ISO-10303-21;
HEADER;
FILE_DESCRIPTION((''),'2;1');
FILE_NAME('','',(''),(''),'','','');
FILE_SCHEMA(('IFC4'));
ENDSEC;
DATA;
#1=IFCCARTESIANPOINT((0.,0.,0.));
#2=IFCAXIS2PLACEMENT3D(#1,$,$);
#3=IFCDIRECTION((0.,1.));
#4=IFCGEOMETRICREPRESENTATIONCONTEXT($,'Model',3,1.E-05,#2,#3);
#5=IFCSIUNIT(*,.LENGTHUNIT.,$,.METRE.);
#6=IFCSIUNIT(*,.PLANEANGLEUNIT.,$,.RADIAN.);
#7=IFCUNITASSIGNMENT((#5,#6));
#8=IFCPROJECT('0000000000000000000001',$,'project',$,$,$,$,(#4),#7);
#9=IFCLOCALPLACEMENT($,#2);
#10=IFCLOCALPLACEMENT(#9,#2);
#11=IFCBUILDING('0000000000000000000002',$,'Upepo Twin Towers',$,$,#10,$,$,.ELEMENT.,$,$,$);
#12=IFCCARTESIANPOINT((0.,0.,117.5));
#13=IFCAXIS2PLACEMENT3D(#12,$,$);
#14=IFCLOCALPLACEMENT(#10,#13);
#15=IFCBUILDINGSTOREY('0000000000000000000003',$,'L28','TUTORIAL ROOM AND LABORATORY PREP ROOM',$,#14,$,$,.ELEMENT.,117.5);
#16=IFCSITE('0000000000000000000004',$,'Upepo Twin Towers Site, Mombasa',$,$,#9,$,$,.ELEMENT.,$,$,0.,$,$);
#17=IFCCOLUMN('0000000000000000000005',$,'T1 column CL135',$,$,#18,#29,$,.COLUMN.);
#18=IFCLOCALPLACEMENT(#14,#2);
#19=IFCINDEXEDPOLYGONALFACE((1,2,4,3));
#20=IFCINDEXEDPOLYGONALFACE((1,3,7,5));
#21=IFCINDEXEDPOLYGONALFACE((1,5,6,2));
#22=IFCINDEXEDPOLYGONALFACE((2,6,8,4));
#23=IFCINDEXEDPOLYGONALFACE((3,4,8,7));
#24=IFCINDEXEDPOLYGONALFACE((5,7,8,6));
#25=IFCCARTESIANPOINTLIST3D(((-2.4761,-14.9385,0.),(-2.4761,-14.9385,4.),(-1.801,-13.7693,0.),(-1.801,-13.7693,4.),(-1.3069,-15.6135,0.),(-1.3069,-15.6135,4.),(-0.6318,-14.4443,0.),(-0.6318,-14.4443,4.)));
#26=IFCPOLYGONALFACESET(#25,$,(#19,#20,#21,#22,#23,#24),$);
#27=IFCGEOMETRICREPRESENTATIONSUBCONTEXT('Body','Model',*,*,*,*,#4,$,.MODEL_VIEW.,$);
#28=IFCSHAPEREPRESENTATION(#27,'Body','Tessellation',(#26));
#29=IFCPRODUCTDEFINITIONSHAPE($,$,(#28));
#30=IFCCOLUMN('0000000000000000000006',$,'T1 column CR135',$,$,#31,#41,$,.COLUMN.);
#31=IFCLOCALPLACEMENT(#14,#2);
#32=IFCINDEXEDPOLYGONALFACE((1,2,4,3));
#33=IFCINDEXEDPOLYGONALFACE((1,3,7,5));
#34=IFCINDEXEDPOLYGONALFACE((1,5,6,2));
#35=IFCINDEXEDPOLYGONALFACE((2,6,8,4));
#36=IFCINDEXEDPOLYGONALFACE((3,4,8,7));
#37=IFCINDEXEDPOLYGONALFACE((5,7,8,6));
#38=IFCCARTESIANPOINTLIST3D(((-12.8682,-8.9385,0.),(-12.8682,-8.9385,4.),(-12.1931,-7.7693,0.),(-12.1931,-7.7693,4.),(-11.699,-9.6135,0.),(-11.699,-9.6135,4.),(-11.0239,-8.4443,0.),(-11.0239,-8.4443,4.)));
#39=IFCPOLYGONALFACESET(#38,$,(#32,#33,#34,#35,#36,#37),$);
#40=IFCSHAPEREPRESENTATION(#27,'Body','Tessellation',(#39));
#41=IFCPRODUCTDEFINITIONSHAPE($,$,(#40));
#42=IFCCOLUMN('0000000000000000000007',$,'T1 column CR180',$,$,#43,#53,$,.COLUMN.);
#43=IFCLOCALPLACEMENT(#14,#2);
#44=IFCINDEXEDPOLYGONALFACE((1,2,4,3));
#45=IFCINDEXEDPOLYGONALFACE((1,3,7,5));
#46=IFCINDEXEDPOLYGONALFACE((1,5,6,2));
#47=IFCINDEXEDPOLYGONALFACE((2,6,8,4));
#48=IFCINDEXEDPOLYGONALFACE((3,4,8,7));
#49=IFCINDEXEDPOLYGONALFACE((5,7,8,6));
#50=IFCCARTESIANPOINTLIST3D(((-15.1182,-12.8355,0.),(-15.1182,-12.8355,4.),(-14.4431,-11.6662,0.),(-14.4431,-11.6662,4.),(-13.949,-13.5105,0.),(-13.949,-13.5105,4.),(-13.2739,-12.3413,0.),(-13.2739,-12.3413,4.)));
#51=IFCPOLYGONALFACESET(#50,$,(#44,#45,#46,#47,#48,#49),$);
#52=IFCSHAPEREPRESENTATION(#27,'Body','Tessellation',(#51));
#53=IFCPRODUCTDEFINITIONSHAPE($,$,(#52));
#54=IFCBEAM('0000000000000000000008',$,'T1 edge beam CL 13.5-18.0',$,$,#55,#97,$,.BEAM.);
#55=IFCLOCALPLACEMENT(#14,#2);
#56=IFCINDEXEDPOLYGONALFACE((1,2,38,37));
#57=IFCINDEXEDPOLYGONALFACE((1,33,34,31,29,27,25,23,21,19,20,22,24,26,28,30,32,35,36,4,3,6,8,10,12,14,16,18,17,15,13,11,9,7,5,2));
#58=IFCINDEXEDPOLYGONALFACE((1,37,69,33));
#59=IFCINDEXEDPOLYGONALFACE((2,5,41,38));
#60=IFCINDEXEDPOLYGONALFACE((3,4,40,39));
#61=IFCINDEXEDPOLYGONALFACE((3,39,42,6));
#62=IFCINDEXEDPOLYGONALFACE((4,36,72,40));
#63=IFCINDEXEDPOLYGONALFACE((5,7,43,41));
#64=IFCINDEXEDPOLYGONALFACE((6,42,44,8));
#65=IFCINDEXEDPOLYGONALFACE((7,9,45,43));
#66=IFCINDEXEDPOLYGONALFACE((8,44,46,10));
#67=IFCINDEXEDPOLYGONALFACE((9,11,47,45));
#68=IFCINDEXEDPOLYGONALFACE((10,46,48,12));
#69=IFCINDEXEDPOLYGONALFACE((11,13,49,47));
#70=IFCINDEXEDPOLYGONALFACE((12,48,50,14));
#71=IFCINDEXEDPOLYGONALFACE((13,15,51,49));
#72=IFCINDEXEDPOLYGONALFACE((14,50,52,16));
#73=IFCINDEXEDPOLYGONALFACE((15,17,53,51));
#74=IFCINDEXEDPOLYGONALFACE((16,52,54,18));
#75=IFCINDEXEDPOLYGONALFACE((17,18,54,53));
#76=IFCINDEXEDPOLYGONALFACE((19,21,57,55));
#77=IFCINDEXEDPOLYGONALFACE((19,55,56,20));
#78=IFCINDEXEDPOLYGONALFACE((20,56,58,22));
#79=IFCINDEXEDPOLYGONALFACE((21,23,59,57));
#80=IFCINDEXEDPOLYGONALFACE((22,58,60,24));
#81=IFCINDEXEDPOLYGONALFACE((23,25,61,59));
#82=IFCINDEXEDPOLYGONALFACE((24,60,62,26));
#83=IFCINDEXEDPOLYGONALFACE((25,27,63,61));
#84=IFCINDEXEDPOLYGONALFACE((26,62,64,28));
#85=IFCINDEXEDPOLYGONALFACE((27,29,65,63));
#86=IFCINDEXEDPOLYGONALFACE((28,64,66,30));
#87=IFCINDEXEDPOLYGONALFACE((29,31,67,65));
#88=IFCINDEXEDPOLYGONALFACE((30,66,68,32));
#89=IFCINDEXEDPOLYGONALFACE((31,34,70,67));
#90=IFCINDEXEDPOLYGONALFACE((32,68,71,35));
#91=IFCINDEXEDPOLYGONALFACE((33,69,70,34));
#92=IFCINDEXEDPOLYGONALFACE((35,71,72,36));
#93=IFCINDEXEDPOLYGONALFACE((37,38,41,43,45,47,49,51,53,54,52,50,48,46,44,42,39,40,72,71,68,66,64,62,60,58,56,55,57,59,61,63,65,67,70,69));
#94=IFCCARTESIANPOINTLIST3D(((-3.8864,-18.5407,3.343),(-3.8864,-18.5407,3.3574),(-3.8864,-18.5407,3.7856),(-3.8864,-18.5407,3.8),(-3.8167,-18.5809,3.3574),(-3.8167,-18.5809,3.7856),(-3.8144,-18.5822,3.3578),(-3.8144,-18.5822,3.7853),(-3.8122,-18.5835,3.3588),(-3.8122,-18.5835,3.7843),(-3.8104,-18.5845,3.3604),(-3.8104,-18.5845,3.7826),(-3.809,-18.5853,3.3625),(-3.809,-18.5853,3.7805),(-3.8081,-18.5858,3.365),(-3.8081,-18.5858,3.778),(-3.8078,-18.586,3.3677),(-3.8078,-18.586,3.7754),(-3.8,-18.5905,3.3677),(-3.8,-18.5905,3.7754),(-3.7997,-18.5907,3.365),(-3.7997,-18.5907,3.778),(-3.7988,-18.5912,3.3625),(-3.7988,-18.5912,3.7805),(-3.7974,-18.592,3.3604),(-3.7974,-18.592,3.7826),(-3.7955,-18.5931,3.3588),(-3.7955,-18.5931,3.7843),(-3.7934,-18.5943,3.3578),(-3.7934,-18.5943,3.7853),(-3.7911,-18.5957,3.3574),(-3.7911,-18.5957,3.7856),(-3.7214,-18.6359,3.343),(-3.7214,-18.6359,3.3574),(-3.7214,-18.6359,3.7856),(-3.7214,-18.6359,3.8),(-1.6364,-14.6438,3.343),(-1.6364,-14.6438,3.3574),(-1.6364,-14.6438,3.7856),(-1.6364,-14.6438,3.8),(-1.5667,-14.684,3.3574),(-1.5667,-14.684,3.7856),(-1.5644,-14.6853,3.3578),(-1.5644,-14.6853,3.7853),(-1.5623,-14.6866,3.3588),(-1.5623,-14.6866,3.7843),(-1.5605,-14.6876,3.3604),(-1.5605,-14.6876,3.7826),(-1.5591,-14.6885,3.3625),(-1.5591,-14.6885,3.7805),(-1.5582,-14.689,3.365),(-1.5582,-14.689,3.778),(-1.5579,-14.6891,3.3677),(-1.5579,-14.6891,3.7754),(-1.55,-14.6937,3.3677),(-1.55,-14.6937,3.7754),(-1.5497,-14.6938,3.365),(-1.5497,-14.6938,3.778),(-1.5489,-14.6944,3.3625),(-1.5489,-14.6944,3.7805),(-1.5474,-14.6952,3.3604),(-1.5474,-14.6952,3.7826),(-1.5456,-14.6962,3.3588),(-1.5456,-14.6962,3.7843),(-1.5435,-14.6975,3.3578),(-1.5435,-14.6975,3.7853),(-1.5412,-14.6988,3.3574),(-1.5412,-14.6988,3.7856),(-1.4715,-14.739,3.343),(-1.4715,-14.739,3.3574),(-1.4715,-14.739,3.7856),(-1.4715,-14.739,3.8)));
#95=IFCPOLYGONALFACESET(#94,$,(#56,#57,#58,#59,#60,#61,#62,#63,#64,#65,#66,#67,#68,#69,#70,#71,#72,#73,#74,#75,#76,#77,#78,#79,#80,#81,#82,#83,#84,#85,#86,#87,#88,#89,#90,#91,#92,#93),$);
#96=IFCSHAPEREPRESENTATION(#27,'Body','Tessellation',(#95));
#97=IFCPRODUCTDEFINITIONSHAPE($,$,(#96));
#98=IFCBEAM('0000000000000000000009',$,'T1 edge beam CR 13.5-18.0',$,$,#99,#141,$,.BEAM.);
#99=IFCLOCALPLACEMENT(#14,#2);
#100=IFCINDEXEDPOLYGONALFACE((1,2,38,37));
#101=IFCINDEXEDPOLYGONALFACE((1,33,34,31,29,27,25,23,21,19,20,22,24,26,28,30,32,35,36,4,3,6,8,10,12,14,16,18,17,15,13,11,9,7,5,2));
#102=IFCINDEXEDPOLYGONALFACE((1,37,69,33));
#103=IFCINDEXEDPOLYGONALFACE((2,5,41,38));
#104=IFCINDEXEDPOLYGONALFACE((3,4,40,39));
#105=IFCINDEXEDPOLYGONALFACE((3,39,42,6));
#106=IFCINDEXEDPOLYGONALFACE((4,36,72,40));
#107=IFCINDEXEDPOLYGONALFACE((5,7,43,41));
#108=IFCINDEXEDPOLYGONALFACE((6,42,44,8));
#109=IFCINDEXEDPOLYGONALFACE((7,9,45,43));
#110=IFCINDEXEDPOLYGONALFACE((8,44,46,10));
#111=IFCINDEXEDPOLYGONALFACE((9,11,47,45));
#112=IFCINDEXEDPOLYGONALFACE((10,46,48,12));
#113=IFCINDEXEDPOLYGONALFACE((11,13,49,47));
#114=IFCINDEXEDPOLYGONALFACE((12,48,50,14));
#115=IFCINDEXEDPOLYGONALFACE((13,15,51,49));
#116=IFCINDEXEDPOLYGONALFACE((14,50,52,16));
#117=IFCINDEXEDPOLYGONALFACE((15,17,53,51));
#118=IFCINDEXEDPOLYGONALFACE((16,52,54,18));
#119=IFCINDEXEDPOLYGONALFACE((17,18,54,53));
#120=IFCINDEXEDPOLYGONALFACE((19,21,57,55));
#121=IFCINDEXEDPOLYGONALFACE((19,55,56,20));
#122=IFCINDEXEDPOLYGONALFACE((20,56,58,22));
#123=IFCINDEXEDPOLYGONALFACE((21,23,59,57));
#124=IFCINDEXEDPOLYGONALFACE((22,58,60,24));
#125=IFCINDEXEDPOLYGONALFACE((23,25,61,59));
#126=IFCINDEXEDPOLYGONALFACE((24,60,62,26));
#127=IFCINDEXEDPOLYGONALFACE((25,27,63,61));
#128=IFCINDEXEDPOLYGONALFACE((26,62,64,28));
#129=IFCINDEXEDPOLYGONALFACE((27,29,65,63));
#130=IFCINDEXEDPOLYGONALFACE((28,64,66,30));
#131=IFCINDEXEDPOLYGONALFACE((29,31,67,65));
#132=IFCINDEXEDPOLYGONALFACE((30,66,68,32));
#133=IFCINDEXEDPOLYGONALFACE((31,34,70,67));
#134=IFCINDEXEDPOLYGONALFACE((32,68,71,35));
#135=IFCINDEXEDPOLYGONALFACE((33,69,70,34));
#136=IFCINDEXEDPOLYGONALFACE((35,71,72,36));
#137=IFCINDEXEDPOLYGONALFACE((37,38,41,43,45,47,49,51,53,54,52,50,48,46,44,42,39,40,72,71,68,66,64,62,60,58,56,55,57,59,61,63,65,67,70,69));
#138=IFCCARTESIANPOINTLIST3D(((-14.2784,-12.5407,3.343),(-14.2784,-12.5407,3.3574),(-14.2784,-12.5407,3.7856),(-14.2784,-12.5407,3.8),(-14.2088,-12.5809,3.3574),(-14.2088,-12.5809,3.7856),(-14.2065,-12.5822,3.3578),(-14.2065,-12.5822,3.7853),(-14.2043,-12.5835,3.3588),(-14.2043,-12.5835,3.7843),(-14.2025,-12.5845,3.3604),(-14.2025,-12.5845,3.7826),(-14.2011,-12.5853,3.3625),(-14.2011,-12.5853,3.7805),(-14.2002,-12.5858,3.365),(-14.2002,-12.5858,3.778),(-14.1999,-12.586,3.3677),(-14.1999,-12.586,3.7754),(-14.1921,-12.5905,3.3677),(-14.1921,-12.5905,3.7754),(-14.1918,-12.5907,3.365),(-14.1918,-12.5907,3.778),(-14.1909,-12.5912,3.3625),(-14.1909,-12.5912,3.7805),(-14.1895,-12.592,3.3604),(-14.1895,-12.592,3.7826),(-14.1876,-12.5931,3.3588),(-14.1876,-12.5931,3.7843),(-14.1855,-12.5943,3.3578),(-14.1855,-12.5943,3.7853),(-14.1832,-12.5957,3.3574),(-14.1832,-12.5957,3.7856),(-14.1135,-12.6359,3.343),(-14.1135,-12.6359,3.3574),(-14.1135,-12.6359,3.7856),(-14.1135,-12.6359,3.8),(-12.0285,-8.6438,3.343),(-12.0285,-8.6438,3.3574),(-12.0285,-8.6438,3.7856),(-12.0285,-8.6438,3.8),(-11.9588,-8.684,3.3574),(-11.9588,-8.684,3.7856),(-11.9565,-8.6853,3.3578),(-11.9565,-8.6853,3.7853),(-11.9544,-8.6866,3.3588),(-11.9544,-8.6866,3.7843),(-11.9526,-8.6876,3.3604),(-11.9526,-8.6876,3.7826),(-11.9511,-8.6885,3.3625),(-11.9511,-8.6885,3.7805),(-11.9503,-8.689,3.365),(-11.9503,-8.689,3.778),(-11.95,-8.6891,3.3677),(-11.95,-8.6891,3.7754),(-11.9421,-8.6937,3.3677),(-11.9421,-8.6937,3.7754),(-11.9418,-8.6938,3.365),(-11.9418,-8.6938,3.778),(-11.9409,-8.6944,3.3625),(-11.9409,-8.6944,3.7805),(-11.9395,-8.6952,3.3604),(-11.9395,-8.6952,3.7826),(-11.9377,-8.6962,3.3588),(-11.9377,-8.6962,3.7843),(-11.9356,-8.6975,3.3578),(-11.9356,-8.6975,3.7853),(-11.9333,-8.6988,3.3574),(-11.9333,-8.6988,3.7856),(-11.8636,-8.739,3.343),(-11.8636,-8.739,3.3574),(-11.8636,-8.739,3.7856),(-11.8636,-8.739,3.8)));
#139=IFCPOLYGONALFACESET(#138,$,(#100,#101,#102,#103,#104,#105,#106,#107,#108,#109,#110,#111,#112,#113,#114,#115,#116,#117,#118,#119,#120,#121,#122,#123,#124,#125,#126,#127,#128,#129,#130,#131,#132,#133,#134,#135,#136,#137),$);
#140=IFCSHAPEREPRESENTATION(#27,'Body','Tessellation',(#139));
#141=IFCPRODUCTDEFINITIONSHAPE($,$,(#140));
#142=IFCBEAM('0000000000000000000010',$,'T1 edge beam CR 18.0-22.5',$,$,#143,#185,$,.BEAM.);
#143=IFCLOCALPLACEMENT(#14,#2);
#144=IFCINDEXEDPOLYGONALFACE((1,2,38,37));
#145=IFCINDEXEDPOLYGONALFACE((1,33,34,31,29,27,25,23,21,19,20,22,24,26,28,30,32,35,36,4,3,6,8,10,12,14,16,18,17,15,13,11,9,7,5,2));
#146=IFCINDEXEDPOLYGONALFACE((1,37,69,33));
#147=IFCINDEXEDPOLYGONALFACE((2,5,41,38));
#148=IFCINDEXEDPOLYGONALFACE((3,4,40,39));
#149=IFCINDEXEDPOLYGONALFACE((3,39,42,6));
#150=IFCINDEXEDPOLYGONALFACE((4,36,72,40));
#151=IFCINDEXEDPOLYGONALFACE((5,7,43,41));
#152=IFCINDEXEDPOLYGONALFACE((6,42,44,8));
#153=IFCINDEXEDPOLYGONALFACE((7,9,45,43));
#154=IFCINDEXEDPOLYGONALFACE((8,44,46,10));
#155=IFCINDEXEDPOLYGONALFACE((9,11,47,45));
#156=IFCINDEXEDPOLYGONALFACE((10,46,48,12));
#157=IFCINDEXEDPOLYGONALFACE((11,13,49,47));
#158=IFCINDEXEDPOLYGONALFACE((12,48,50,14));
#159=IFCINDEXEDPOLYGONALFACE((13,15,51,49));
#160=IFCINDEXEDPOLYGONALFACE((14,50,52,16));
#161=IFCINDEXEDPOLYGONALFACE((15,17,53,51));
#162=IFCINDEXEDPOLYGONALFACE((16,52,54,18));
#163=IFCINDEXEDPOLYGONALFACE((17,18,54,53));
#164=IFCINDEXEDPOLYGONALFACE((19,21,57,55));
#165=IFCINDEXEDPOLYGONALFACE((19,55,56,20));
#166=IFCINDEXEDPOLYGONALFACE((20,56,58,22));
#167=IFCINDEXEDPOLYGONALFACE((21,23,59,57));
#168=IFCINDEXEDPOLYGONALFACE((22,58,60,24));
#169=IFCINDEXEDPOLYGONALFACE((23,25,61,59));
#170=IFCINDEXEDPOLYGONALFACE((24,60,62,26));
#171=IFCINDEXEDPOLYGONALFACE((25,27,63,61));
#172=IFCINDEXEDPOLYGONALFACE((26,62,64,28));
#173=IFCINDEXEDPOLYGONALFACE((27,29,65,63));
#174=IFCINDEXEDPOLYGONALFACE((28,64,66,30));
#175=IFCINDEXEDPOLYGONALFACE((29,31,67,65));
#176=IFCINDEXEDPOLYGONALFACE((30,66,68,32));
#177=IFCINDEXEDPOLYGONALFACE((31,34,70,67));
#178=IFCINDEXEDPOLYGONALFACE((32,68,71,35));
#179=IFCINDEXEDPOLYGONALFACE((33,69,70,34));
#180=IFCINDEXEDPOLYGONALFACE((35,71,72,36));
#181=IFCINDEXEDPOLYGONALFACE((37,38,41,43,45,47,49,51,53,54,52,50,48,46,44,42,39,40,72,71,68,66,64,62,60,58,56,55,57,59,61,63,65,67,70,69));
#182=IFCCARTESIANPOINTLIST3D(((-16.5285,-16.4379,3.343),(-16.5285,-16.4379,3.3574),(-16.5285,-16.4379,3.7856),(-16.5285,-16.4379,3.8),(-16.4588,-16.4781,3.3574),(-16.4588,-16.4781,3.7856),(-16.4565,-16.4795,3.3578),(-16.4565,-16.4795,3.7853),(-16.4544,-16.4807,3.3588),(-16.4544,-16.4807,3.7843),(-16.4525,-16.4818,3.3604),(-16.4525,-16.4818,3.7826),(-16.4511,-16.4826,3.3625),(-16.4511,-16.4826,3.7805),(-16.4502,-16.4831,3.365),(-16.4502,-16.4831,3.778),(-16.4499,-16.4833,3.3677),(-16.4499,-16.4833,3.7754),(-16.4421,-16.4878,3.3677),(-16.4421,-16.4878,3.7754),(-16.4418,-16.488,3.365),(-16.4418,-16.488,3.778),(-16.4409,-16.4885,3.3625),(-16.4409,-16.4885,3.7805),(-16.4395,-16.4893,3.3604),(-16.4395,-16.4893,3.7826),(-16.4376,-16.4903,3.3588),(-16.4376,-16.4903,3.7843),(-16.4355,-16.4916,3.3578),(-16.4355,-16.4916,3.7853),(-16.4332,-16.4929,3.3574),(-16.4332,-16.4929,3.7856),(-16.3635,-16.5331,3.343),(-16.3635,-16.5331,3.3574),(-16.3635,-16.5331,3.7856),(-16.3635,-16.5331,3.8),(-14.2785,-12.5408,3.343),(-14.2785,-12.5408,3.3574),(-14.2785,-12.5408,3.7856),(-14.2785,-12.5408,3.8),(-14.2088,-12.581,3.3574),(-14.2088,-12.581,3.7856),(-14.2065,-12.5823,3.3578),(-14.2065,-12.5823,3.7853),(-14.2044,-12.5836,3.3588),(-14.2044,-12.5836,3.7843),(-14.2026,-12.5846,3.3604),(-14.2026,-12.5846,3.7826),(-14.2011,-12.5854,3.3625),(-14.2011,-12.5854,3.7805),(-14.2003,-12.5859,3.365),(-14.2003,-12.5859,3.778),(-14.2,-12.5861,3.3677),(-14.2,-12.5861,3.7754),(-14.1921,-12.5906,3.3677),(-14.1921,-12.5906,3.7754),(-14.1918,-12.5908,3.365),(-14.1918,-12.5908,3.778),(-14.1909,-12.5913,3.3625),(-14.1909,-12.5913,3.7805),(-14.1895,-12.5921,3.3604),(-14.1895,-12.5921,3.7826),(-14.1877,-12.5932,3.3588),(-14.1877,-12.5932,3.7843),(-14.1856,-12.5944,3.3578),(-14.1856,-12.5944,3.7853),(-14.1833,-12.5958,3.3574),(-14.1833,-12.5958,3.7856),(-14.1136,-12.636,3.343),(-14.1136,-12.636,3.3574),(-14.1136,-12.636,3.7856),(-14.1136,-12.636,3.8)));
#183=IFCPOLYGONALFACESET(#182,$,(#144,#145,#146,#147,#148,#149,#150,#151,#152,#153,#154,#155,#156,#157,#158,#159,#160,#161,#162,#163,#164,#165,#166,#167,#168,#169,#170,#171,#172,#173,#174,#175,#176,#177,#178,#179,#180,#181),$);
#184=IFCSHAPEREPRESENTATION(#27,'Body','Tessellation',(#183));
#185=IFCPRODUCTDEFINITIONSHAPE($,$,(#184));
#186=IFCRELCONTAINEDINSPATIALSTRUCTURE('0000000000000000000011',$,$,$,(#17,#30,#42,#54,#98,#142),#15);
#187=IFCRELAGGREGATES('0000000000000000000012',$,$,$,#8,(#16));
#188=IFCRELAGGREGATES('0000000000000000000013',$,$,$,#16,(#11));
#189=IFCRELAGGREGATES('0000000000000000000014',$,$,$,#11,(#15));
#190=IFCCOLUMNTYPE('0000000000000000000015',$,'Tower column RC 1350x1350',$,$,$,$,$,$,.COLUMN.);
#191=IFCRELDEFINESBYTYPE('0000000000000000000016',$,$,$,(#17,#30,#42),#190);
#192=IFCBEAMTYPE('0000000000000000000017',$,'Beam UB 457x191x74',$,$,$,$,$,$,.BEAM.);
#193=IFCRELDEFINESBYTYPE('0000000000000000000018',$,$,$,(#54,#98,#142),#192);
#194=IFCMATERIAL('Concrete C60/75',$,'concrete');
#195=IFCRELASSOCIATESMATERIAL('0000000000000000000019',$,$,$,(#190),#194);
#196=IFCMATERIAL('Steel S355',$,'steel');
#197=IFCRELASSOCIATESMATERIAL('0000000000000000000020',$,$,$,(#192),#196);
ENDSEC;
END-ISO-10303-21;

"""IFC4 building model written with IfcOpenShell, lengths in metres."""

from ifc_helpers import new_model, si_unit, direction, frame, origin, origin_2d, place, context, subcontext, project, spatial, rectangle, i_section, extrude, material, material_profile, profile_set, type_object, element, save


model = new_model("IFC4")

# Units and contexts
model_context = context("Model", 3, precision=1e-05, world=origin(), true_north=direction((0.0, 1.0)))
body_context = subcontext(model_context, "Body", "Model", "MODEL_VIEW")
ifc_project = project(units=[si_unit("LENGTHUNIT", "METRE"), si_unit("PLANEANGLEUNIT", "RADIAN")], contexts=[model_context])

# Site, building, storey
site_placement = place(None, origin())
site = spatial("IfcSite", under=ifc_project, at=site_placement, Name="Upepo Twin Towers Site, Mombasa", CompositionType="ELEMENT", RefElevation=0.0)
building_placement = place(site_placement, origin())
building = spatial("IfcBuilding", under=site, at=building_placement, Name="Upepo Twin Towers", CompositionType="ELEMENT")
storey_placement = place(building_placement, frame((0.0, 0.0, 117.5)))
storey = spatial("IfcBuildingStorey", under=building, at=storey_placement, Name="L28", Description="TUTORIAL ROOM AND LABORATORY PREP ROOM", CompositionType="ELEMENT", Elevation=117.5)

# Columns
ifc_material_1 = material(Name="Concrete C60/75", Category="concrete")
ifc_material_profile_1 = material_profile(ifc_material_1, rectangle(XDim=1.3501, YDim=1.3501, at=origin_2d()), Name="RC 1350x1350")
ifc_profile_set_1 = profile_set([ifc_material_profile_1], Name="Concrete C60/75")
column_type = type_object("IfcColumnType", Name="Tower column RC 1350x1350", PredefinedType="COLUMN", material=ifc_profile_set_1)
for number, where, z_axis, x_axis, name in (
    (1, (-1.554, -14.6914, 0.0), (0.0, 0.0, 1.0), (0.5, 0.866025, 0.0), "T1 column CL135"),
    (2, (-11.946, -8.6914, 0.0), (0.0, 0.0, 1.0), (0.5, 0.866025, 0.0), "T1 column CR135"),
    (3, (-14.196, -12.5884, 0.0), (0.0, 0.0, 1.0), (0.5, 0.866025, 0.0), "T1 column CR180"),
):
    element("IfcColumn", number, at=place(storey_placement, frame(where, z_axis=z_axis, x_axis=x_axis)), inside=storey, type_object=column_type, Name=name, PredefinedType="COLUMN", context=body_context, shape_type="SweptSolid", body=[
        extrude(rectangle(XDim=1.3501, YDim=1.3501, at=origin_2d()), origin(), (0.0, 0.0, 1.0), 4.0),
    ])

# Beams
ifc_material_2 = material(Name="Steel S355", Category="steel")
ifc_material_profile_2 = material_profile(ifc_material_2, i_section(OverallWidth=0.1904, OverallDepth=0.457, WebThickness=0.009, FlangeThickness=0.0144, FilletRadius=0.0103, at=origin_2d()), Name="UB 457x191x74")
ifc_profile_set_2 = profile_set([ifc_material_profile_2], Name="Steel S355")
beam_type_1 = type_object("IfcBeamType", Name="Beam UB 457x191x74", PredefinedType="BEAM", material=ifc_profile_set_2)
for number, where, z_axis, x_axis, name in (
    (4, (-1.554, -14.6914, 3.5715), (-0.500014, -0.866018, 0.0), (0.866018, -0.500014, 0.0), "T1 edge beam CL 13.5-18.0"),
    (5, (-11.946, -8.6914, 3.5715), (-0.500014, -0.866018, 0.0), (0.866018, -0.500014, 0.0), "T1 edge beam CR 13.5-18.0"),
):
    element("IfcBeam", number, at=place(storey_placement, frame(where, z_axis=z_axis, x_axis=x_axis)), inside=storey, type_object=beam_type_1, Name=name, PredefinedType="BEAM", context=body_context, shape_type="SweptSolid", body=[
        extrude(i_section(OverallWidth=0.1904, OverallDepth=0.457, WebThickness=0.009, FlangeThickness=0.0144, FilletRadius=0.0103, at=origin_2d()), origin(), (0.0, 0.0, 1.0), 4.4998),
    ])
beam_placement = place(storey_placement, frame((-14.196, -12.5884, 3.5715), z_axis=(-0.49999, -0.866031, 0.0), x_axis=(0.866031, -0.49999, 0.0)))
element("IfcBeam", 6, at=beam_placement, inside=storey, type_object=beam_type_1, Name="T1 edge beam CR 18.0-22.5", PredefinedType="BEAM", context=body_context, shape_type="SweptSolid", body=[
    extrude(i_section(OverallWidth=0.1904, OverallDepth=0.457, WebThickness=0.009, FlangeThickness=0.0144, FilletRadius=0.0103, at=origin_2d()), origin(), (0.0, 0.0, 1.0), 4.5),
])

save(model, "model.ifc")
